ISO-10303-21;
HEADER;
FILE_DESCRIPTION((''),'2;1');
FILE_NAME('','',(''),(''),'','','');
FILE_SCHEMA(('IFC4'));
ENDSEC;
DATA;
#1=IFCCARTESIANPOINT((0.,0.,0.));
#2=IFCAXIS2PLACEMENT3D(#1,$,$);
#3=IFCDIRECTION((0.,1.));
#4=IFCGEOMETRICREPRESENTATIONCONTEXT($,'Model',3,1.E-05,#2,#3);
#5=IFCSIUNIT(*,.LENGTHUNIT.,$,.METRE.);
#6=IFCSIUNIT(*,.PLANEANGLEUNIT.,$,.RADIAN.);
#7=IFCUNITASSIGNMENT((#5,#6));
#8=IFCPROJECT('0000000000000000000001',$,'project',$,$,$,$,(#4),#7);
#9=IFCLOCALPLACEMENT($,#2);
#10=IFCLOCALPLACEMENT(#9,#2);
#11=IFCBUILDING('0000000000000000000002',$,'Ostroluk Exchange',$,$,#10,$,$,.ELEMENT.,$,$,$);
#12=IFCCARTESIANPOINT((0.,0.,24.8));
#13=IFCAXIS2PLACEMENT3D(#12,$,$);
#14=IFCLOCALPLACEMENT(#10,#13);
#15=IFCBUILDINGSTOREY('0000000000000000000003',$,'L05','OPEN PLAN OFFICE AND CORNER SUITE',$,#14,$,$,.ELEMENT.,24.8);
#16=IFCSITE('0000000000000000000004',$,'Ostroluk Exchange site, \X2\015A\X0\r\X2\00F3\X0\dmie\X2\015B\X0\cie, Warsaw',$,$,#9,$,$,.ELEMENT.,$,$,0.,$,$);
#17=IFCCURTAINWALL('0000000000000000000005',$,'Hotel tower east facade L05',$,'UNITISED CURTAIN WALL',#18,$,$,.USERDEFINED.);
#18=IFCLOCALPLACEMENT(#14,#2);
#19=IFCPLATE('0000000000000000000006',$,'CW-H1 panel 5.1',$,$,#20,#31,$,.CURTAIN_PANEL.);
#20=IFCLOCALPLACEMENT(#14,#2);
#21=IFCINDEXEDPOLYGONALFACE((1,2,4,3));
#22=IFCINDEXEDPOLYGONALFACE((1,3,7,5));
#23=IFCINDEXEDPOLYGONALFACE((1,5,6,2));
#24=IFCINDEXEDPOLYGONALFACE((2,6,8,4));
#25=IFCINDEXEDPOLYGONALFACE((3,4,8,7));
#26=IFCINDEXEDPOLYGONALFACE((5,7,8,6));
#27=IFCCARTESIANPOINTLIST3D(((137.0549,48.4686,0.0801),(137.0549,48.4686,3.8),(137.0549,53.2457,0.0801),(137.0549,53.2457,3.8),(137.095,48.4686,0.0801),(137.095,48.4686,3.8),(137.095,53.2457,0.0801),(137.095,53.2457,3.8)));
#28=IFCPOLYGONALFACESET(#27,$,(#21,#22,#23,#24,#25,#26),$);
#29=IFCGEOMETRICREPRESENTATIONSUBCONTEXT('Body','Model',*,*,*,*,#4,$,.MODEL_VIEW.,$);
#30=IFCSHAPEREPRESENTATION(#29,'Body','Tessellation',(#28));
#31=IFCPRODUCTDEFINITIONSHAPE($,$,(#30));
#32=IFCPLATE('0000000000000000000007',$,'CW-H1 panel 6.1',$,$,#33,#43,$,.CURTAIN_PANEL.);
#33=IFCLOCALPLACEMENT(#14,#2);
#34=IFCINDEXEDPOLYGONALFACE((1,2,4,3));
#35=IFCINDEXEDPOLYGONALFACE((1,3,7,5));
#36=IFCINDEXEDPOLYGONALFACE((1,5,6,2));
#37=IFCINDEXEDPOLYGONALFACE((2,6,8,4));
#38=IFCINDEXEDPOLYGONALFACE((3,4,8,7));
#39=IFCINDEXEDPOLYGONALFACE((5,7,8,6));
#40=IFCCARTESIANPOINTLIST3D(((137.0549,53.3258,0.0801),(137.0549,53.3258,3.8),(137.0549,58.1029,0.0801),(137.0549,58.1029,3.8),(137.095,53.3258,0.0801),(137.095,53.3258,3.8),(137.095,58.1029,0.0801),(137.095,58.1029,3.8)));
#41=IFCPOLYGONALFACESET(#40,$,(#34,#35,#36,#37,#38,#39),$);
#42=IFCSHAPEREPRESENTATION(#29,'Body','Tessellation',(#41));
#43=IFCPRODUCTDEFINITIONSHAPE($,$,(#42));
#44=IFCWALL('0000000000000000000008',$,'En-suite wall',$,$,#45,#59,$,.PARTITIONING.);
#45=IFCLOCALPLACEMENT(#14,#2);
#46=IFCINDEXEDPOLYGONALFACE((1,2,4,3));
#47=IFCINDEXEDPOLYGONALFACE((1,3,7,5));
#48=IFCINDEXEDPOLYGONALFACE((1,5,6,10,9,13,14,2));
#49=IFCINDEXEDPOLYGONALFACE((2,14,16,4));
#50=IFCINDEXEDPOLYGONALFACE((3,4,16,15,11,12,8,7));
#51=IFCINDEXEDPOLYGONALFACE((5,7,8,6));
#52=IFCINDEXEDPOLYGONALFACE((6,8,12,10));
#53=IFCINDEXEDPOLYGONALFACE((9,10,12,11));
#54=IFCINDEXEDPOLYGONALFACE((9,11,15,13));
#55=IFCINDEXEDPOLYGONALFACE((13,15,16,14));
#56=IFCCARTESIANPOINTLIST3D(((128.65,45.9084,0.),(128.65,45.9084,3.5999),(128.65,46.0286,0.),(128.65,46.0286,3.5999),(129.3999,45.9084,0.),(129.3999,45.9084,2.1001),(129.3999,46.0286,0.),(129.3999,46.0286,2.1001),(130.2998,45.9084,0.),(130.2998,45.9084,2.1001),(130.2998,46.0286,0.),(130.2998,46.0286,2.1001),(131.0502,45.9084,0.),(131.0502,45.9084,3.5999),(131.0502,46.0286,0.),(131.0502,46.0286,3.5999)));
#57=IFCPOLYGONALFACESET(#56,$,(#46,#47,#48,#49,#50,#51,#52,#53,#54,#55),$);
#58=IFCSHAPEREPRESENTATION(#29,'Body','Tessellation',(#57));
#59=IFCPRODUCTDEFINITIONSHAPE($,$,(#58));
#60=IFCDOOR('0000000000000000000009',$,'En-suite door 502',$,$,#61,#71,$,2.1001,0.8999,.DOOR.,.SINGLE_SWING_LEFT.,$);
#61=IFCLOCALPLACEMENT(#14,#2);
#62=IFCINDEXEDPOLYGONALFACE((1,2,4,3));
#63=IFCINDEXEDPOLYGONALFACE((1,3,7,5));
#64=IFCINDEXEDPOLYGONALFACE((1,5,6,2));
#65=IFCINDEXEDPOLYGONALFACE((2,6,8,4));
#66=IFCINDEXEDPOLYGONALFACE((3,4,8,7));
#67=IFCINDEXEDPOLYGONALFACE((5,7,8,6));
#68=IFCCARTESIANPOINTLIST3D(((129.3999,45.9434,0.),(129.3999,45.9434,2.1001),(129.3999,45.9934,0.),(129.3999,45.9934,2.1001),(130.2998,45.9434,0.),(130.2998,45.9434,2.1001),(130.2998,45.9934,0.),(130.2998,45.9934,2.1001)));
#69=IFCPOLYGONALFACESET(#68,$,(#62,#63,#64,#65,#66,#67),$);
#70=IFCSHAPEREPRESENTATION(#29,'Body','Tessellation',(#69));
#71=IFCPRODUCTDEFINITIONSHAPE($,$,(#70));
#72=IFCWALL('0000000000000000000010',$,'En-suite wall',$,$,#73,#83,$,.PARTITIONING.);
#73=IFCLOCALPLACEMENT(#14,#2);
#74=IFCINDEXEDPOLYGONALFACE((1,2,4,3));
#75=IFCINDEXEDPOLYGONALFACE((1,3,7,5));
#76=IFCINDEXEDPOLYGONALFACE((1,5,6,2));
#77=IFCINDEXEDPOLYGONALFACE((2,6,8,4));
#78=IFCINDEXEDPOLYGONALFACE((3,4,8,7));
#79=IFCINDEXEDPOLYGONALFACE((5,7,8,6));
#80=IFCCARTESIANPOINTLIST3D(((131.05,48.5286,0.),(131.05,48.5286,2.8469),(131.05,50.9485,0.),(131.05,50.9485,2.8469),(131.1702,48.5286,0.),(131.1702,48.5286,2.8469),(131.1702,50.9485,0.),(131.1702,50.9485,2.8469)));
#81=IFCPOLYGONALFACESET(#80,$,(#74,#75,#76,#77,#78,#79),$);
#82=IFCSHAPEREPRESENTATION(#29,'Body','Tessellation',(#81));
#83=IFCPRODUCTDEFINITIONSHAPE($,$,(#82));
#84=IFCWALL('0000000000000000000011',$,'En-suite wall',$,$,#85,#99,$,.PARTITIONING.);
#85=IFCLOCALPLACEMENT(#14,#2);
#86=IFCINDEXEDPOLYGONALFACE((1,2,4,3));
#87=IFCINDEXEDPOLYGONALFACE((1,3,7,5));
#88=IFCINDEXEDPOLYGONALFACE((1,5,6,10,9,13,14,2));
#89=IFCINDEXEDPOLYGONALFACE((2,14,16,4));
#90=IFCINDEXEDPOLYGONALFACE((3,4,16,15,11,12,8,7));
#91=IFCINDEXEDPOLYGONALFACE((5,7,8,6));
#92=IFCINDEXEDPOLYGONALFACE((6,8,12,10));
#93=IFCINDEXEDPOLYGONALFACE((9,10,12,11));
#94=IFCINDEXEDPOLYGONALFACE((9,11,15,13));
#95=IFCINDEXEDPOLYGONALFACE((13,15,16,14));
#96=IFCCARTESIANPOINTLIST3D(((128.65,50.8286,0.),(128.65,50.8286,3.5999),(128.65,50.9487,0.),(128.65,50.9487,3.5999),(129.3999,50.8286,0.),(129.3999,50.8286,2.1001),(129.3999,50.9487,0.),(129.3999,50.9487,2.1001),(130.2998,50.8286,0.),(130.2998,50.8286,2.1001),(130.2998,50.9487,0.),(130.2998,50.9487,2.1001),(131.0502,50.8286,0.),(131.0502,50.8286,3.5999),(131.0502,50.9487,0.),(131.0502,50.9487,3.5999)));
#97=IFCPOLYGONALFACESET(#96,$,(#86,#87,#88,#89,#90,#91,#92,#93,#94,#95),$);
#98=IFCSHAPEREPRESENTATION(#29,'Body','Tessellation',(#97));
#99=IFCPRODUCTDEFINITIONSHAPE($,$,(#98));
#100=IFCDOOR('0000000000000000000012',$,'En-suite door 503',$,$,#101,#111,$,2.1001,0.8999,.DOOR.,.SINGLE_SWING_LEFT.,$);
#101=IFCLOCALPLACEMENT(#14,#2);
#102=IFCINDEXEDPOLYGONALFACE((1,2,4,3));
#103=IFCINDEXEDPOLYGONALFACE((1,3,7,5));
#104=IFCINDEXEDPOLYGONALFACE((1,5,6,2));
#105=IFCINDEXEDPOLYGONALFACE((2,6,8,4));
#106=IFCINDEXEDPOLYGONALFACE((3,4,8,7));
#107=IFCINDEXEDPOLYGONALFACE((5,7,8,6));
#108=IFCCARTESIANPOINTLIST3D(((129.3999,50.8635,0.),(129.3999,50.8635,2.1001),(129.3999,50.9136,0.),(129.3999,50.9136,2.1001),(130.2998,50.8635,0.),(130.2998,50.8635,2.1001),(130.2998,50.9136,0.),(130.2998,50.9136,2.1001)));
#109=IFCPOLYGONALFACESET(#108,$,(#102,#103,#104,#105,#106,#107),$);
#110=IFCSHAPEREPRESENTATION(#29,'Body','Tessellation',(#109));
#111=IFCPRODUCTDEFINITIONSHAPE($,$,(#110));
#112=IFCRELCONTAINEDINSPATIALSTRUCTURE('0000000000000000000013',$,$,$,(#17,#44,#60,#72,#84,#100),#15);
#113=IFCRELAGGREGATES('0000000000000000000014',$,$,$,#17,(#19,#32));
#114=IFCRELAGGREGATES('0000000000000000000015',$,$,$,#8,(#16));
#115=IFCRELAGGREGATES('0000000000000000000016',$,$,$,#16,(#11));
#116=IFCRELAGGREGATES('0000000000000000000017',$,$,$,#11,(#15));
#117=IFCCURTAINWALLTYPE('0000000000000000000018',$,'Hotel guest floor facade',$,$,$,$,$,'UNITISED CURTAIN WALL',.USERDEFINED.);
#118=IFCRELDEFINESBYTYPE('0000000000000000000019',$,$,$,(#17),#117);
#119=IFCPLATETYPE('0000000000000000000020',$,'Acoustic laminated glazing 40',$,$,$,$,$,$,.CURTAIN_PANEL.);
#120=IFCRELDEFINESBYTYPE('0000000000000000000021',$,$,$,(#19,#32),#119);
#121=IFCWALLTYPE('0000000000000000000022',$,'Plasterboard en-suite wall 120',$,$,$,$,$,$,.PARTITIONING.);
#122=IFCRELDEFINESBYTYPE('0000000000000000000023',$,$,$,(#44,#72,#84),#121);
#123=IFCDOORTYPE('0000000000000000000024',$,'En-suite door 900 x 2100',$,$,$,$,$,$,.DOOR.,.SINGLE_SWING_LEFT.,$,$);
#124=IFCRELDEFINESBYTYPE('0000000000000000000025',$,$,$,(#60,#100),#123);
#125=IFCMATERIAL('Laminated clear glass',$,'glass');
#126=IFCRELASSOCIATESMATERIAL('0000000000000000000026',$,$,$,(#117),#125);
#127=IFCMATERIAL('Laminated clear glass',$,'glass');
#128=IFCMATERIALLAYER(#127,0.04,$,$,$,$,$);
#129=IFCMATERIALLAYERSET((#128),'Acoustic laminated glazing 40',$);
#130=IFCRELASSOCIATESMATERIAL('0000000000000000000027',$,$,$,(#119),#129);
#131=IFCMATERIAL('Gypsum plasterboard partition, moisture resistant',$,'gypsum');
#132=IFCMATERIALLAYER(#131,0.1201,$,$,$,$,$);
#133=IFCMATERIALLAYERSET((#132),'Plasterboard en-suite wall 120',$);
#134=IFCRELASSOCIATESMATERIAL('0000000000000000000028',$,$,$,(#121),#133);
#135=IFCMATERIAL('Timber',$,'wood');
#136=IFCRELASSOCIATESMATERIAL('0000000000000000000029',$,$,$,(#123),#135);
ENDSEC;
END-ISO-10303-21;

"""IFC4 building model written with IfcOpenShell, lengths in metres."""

from ifc_helpers import new_model, si_unit, direction, frame, frame_2d, origin, origin_2d, place, context, subcontext, project, spatial, rectangle, extrude, material, layer, layer_set, type_object, element, fill, aggregate, save


model = new_model("IFC4")

# Units and contexts
model_context = context("Model", 3, precision=1e-05, world=origin(), true_north=direction((0.0, 1.0)))
body_context = subcontext(model_context, "Body", "Model", "MODEL_VIEW")
ifc_project = project(units=[si_unit("LENGTHUNIT", "METRE"), si_unit("PLANEANGLEUNIT", "RADIAN")], contexts=[model_context])

# Site, building, storey
site_placement = place(None, origin())
site = spatial("IfcSite", under=ifc_project, at=site_placement, Name="Ostroluk Exchange site, Śródmieście, Warsaw", CompositionType="ELEMENT", RefElevation=0.0)
building_placement = place(site_placement, origin())
building = spatial("IfcBuilding", under=site, at=building_placement, Name="Ostroluk Exchange", CompositionType="ELEMENT")
storey_placement = place(building_placement, frame((0.0, 0.0, 24.8)))
storey = spatial("IfcBuildingStorey", under=building, at=storey_placement, Name="L05", Description="OPEN PLAN OFFICE AND CORNER SUITE", CompositionType="ELEMENT", Elevation=24.8)

# Curtain wall, plates
ifc_material_1 = material(Name="Laminated clear glass", Category="glass")
curtain_wall_type = type_object("IfcCurtainWallType", Name="Hotel guest floor facade", ElementType="UNITISED CURTAIN WALL", PredefinedType="USERDEFINED", material=ifc_material_1)
curtain_wall_placement = place(storey_placement, origin())
curtain_wall = element("IfcCurtainWall", 1, at=curtain_wall_placement, inside=storey, type_object=curtain_wall_type, Name="Hotel tower east facade L05", ObjectType="UNITISED CURTAIN WALL", PredefinedType="USERDEFINED")
ifc_material_2 = material(Name="Laminated clear glass", Category="glass")
ifc_layer_1 = layer(ifc_material_2, 0.04)
ifc_layer_set_1 = layer_set([ifc_layer_1], Name="Acoustic laminated glazing 40")
plate_type = type_object("IfcPlateType", Name="Acoustic laminated glazing 40", PredefinedType="CURTAIN_PANEL", material=ifc_layer_set_1)
plate_1_placement = place(storey_placement, frame((137.075, 50.8572, 0.0801), z_axis=(0.0, 0.0, 1.0), x_axis=(0.0, 1.0, 0.0)))
plate_1 = element("IfcPlate", 2, at=plate_1_placement, type_object=plate_type, Name="CW-H1 panel 5.1", PredefinedType="CURTAIN_PANEL", context=body_context, shape_type="SweptSolid", body=[
    extrude(rectangle(XDim=4.7771, YDim=0.04, at=origin_2d()), origin(), (0.0, 0.0, 1.0), 3.72),
])
plate_2_placement = place(storey_placement, frame((137.075, 55.7144, 0.0801), z_axis=(0.0, 0.0, 1.0), x_axis=(0.0, 1.0, 0.0)))
plate_2 = element("IfcPlate", 3, at=plate_2_placement, type_object=plate_type, Name="CW-H1 panel 6.1", PredefinedType="CURTAIN_PANEL", context=body_context, shape_type="SweptSolid", body=[
    extrude(rectangle(XDim=4.7771, YDim=0.04, at=origin_2d()), origin(), (0.0, 0.0, 1.0), 3.72),
])
aggregate(curtain_wall, [plate_1, plate_2])

# Wall, opening, door
ifc_material_3 = material(Name="Gypsum plasterboard partition, moisture resistant", Category="gypsum")
ifc_layer_2 = layer(ifc_material_3, 0.1201)
ifc_layer_set_2 = layer_set([ifc_layer_2], Name="Plasterboard en-suite wall 120")
wall_type_1 = type_object("IfcWallType", Name="Plasterboard en-suite wall 120", PredefinedType="PARTITIONING", material=ifc_layer_set_2)
wall_1_placement = place(storey_placement, frame((128.6499, 45.9685, 0.0), z_axis=(0.0, 0.0, 1.0), x_axis=(1.0, 0.0, 0.0)))
wall_1 = element("IfcWall", 4, at=wall_1_placement, inside=storey, type_object=wall_type_1, Name="En-suite wall", PredefinedType="PARTITIONING", context=body_context, shape_type="SweptSolid", body=[
    extrude(rectangle(XDim=2.4001, YDim=0.1201, at=frame_2d((1.2002, 0.0))), origin(), (0.0, 0.0, 1.0), 3.5999),
])
opening_1_placement = place(wall_1_placement, frame((0.75, 0.0, 0.0)))
opening_1 = element("IfcOpeningElement", 5, at=opening_1_placement, cuts=wall_1, PredefinedType="OPENING", context=body_context, shape_type="SweptSolid", body=[
    extrude(rectangle(XDim=0.8999, YDim=2.1001, at=frame_2d((0.45, 1.05))), frame((0.0, 0.0701, 0.0), z_axis=(0.0, -1.0, 0.0), x_axis=(1.0, 0.0, 0.0)), (0.0, 0.0, 1.0), 0.1401),
])
ifc_material_4 = material(Name="Timber", Category="wood")
door_type_1 = type_object("IfcDoorType", Name="En-suite door 900 x 2100", OperationType="SINGLE_SWING_LEFT", PredefinedType="DOOR", material=ifc_material_4)
door_1_placement = place(opening_1_placement, origin())
door_1 = element("IfcDoor", 6, at=door_1_placement, inside=storey, type_object=door_type_1, Name="En-suite door 502", OperationType="SINGLE_SWING_LEFT", OverallHeight=2.1001, OverallWidth=0.8999, PredefinedType="DOOR", context=body_context, shape_type="SweptSolid", body=[
    extrude(rectangle(XDim=0.8999, YDim=2.1001, at=frame_2d((0.45, 1.05))), frame((0.0, 0.0249, 0.0), z_axis=(0.0, -1.0, 0.0), x_axis=(1.0, 0.0, 0.0)), (0.0, 0.0, 1.0), 0.05),
])
fill(opening_1, door_1)

# Wall
wall_2_placement = place(storey_placement, frame((131.1101, 48.5286, 0.0), z_axis=(0.0, 0.0, 1.0), x_axis=(0.0, 1.0, 0.0)))
element("IfcWall", 7, at=wall_2_placement, inside=storey, type_object=wall_type_1, Name="En-suite wall", PredefinedType="PARTITIONING", context=body_context, shape_type="SweptSolid", body=[
    extrude(rectangle(XDim=2.4199, YDim=0.1201, at=frame_2d((1.21, 0.0))), origin(), (0.0, 0.0, 1.0), 2.8469),
])

# Wall, opening, door
wall_3_placement = place(storey_placement, frame((128.6499, 50.8887, 0.0), z_axis=(0.0, 0.0, 1.0), x_axis=(1.0, 0.0, 0.0)))
wall_3 = element("IfcWall", 8, at=wall_3_placement, inside=storey, type_object=wall_type_1, Name="En-suite wall", PredefinedType="PARTITIONING", context=body_context, shape_type="SweptSolid", body=[
    extrude(rectangle(XDim=2.4001, YDim=0.1201, at=frame_2d((1.2002, 0.0))), origin(), (0.0, 0.0, 1.0), 3.5999),
])
opening_2_placement = place(wall_3_placement, frame((0.75, 0.0, 0.0)))
opening_2 = element("IfcOpeningElement", 9, at=opening_2_placement, cuts=wall_3, PredefinedType="OPENING", context=body_context, shape_type="SweptSolid", body=[
    extrude(rectangle(XDim=0.8999, YDim=2.1001, at=frame_2d((0.45, 1.05))), frame((0.0, 0.0701, 0.0), z_axis=(0.0, -1.0, 0.0), x_axis=(1.0, 0.0, 0.0)), (0.0, 0.0, 1.0), 0.1401),
])
door_2_placement = place(opening_2_placement, origin())
door_2 = element("IfcDoor", 10, at=door_2_placement, inside=storey, type_object=door_type_1, Name="En-suite door 503", OperationType="SINGLE_SWING_LEFT", OverallHeight=2.1001, OverallWidth=0.8999, PredefinedType="DOOR", context=body_context, shape_type="SweptSolid", body=[
    extrude(rectangle(XDim=0.8999, YDim=2.1001, at=frame_2d((0.45, 1.05))), frame((0.0, 0.0249, 0.0), z_axis=(0.0, -1.0, 0.0), x_axis=(1.0, 0.0, 0.0)), (0.0, 0.0, 1.0), 0.05),
])
fill(opening_2, door_2)

save(model, "model.ifc")
